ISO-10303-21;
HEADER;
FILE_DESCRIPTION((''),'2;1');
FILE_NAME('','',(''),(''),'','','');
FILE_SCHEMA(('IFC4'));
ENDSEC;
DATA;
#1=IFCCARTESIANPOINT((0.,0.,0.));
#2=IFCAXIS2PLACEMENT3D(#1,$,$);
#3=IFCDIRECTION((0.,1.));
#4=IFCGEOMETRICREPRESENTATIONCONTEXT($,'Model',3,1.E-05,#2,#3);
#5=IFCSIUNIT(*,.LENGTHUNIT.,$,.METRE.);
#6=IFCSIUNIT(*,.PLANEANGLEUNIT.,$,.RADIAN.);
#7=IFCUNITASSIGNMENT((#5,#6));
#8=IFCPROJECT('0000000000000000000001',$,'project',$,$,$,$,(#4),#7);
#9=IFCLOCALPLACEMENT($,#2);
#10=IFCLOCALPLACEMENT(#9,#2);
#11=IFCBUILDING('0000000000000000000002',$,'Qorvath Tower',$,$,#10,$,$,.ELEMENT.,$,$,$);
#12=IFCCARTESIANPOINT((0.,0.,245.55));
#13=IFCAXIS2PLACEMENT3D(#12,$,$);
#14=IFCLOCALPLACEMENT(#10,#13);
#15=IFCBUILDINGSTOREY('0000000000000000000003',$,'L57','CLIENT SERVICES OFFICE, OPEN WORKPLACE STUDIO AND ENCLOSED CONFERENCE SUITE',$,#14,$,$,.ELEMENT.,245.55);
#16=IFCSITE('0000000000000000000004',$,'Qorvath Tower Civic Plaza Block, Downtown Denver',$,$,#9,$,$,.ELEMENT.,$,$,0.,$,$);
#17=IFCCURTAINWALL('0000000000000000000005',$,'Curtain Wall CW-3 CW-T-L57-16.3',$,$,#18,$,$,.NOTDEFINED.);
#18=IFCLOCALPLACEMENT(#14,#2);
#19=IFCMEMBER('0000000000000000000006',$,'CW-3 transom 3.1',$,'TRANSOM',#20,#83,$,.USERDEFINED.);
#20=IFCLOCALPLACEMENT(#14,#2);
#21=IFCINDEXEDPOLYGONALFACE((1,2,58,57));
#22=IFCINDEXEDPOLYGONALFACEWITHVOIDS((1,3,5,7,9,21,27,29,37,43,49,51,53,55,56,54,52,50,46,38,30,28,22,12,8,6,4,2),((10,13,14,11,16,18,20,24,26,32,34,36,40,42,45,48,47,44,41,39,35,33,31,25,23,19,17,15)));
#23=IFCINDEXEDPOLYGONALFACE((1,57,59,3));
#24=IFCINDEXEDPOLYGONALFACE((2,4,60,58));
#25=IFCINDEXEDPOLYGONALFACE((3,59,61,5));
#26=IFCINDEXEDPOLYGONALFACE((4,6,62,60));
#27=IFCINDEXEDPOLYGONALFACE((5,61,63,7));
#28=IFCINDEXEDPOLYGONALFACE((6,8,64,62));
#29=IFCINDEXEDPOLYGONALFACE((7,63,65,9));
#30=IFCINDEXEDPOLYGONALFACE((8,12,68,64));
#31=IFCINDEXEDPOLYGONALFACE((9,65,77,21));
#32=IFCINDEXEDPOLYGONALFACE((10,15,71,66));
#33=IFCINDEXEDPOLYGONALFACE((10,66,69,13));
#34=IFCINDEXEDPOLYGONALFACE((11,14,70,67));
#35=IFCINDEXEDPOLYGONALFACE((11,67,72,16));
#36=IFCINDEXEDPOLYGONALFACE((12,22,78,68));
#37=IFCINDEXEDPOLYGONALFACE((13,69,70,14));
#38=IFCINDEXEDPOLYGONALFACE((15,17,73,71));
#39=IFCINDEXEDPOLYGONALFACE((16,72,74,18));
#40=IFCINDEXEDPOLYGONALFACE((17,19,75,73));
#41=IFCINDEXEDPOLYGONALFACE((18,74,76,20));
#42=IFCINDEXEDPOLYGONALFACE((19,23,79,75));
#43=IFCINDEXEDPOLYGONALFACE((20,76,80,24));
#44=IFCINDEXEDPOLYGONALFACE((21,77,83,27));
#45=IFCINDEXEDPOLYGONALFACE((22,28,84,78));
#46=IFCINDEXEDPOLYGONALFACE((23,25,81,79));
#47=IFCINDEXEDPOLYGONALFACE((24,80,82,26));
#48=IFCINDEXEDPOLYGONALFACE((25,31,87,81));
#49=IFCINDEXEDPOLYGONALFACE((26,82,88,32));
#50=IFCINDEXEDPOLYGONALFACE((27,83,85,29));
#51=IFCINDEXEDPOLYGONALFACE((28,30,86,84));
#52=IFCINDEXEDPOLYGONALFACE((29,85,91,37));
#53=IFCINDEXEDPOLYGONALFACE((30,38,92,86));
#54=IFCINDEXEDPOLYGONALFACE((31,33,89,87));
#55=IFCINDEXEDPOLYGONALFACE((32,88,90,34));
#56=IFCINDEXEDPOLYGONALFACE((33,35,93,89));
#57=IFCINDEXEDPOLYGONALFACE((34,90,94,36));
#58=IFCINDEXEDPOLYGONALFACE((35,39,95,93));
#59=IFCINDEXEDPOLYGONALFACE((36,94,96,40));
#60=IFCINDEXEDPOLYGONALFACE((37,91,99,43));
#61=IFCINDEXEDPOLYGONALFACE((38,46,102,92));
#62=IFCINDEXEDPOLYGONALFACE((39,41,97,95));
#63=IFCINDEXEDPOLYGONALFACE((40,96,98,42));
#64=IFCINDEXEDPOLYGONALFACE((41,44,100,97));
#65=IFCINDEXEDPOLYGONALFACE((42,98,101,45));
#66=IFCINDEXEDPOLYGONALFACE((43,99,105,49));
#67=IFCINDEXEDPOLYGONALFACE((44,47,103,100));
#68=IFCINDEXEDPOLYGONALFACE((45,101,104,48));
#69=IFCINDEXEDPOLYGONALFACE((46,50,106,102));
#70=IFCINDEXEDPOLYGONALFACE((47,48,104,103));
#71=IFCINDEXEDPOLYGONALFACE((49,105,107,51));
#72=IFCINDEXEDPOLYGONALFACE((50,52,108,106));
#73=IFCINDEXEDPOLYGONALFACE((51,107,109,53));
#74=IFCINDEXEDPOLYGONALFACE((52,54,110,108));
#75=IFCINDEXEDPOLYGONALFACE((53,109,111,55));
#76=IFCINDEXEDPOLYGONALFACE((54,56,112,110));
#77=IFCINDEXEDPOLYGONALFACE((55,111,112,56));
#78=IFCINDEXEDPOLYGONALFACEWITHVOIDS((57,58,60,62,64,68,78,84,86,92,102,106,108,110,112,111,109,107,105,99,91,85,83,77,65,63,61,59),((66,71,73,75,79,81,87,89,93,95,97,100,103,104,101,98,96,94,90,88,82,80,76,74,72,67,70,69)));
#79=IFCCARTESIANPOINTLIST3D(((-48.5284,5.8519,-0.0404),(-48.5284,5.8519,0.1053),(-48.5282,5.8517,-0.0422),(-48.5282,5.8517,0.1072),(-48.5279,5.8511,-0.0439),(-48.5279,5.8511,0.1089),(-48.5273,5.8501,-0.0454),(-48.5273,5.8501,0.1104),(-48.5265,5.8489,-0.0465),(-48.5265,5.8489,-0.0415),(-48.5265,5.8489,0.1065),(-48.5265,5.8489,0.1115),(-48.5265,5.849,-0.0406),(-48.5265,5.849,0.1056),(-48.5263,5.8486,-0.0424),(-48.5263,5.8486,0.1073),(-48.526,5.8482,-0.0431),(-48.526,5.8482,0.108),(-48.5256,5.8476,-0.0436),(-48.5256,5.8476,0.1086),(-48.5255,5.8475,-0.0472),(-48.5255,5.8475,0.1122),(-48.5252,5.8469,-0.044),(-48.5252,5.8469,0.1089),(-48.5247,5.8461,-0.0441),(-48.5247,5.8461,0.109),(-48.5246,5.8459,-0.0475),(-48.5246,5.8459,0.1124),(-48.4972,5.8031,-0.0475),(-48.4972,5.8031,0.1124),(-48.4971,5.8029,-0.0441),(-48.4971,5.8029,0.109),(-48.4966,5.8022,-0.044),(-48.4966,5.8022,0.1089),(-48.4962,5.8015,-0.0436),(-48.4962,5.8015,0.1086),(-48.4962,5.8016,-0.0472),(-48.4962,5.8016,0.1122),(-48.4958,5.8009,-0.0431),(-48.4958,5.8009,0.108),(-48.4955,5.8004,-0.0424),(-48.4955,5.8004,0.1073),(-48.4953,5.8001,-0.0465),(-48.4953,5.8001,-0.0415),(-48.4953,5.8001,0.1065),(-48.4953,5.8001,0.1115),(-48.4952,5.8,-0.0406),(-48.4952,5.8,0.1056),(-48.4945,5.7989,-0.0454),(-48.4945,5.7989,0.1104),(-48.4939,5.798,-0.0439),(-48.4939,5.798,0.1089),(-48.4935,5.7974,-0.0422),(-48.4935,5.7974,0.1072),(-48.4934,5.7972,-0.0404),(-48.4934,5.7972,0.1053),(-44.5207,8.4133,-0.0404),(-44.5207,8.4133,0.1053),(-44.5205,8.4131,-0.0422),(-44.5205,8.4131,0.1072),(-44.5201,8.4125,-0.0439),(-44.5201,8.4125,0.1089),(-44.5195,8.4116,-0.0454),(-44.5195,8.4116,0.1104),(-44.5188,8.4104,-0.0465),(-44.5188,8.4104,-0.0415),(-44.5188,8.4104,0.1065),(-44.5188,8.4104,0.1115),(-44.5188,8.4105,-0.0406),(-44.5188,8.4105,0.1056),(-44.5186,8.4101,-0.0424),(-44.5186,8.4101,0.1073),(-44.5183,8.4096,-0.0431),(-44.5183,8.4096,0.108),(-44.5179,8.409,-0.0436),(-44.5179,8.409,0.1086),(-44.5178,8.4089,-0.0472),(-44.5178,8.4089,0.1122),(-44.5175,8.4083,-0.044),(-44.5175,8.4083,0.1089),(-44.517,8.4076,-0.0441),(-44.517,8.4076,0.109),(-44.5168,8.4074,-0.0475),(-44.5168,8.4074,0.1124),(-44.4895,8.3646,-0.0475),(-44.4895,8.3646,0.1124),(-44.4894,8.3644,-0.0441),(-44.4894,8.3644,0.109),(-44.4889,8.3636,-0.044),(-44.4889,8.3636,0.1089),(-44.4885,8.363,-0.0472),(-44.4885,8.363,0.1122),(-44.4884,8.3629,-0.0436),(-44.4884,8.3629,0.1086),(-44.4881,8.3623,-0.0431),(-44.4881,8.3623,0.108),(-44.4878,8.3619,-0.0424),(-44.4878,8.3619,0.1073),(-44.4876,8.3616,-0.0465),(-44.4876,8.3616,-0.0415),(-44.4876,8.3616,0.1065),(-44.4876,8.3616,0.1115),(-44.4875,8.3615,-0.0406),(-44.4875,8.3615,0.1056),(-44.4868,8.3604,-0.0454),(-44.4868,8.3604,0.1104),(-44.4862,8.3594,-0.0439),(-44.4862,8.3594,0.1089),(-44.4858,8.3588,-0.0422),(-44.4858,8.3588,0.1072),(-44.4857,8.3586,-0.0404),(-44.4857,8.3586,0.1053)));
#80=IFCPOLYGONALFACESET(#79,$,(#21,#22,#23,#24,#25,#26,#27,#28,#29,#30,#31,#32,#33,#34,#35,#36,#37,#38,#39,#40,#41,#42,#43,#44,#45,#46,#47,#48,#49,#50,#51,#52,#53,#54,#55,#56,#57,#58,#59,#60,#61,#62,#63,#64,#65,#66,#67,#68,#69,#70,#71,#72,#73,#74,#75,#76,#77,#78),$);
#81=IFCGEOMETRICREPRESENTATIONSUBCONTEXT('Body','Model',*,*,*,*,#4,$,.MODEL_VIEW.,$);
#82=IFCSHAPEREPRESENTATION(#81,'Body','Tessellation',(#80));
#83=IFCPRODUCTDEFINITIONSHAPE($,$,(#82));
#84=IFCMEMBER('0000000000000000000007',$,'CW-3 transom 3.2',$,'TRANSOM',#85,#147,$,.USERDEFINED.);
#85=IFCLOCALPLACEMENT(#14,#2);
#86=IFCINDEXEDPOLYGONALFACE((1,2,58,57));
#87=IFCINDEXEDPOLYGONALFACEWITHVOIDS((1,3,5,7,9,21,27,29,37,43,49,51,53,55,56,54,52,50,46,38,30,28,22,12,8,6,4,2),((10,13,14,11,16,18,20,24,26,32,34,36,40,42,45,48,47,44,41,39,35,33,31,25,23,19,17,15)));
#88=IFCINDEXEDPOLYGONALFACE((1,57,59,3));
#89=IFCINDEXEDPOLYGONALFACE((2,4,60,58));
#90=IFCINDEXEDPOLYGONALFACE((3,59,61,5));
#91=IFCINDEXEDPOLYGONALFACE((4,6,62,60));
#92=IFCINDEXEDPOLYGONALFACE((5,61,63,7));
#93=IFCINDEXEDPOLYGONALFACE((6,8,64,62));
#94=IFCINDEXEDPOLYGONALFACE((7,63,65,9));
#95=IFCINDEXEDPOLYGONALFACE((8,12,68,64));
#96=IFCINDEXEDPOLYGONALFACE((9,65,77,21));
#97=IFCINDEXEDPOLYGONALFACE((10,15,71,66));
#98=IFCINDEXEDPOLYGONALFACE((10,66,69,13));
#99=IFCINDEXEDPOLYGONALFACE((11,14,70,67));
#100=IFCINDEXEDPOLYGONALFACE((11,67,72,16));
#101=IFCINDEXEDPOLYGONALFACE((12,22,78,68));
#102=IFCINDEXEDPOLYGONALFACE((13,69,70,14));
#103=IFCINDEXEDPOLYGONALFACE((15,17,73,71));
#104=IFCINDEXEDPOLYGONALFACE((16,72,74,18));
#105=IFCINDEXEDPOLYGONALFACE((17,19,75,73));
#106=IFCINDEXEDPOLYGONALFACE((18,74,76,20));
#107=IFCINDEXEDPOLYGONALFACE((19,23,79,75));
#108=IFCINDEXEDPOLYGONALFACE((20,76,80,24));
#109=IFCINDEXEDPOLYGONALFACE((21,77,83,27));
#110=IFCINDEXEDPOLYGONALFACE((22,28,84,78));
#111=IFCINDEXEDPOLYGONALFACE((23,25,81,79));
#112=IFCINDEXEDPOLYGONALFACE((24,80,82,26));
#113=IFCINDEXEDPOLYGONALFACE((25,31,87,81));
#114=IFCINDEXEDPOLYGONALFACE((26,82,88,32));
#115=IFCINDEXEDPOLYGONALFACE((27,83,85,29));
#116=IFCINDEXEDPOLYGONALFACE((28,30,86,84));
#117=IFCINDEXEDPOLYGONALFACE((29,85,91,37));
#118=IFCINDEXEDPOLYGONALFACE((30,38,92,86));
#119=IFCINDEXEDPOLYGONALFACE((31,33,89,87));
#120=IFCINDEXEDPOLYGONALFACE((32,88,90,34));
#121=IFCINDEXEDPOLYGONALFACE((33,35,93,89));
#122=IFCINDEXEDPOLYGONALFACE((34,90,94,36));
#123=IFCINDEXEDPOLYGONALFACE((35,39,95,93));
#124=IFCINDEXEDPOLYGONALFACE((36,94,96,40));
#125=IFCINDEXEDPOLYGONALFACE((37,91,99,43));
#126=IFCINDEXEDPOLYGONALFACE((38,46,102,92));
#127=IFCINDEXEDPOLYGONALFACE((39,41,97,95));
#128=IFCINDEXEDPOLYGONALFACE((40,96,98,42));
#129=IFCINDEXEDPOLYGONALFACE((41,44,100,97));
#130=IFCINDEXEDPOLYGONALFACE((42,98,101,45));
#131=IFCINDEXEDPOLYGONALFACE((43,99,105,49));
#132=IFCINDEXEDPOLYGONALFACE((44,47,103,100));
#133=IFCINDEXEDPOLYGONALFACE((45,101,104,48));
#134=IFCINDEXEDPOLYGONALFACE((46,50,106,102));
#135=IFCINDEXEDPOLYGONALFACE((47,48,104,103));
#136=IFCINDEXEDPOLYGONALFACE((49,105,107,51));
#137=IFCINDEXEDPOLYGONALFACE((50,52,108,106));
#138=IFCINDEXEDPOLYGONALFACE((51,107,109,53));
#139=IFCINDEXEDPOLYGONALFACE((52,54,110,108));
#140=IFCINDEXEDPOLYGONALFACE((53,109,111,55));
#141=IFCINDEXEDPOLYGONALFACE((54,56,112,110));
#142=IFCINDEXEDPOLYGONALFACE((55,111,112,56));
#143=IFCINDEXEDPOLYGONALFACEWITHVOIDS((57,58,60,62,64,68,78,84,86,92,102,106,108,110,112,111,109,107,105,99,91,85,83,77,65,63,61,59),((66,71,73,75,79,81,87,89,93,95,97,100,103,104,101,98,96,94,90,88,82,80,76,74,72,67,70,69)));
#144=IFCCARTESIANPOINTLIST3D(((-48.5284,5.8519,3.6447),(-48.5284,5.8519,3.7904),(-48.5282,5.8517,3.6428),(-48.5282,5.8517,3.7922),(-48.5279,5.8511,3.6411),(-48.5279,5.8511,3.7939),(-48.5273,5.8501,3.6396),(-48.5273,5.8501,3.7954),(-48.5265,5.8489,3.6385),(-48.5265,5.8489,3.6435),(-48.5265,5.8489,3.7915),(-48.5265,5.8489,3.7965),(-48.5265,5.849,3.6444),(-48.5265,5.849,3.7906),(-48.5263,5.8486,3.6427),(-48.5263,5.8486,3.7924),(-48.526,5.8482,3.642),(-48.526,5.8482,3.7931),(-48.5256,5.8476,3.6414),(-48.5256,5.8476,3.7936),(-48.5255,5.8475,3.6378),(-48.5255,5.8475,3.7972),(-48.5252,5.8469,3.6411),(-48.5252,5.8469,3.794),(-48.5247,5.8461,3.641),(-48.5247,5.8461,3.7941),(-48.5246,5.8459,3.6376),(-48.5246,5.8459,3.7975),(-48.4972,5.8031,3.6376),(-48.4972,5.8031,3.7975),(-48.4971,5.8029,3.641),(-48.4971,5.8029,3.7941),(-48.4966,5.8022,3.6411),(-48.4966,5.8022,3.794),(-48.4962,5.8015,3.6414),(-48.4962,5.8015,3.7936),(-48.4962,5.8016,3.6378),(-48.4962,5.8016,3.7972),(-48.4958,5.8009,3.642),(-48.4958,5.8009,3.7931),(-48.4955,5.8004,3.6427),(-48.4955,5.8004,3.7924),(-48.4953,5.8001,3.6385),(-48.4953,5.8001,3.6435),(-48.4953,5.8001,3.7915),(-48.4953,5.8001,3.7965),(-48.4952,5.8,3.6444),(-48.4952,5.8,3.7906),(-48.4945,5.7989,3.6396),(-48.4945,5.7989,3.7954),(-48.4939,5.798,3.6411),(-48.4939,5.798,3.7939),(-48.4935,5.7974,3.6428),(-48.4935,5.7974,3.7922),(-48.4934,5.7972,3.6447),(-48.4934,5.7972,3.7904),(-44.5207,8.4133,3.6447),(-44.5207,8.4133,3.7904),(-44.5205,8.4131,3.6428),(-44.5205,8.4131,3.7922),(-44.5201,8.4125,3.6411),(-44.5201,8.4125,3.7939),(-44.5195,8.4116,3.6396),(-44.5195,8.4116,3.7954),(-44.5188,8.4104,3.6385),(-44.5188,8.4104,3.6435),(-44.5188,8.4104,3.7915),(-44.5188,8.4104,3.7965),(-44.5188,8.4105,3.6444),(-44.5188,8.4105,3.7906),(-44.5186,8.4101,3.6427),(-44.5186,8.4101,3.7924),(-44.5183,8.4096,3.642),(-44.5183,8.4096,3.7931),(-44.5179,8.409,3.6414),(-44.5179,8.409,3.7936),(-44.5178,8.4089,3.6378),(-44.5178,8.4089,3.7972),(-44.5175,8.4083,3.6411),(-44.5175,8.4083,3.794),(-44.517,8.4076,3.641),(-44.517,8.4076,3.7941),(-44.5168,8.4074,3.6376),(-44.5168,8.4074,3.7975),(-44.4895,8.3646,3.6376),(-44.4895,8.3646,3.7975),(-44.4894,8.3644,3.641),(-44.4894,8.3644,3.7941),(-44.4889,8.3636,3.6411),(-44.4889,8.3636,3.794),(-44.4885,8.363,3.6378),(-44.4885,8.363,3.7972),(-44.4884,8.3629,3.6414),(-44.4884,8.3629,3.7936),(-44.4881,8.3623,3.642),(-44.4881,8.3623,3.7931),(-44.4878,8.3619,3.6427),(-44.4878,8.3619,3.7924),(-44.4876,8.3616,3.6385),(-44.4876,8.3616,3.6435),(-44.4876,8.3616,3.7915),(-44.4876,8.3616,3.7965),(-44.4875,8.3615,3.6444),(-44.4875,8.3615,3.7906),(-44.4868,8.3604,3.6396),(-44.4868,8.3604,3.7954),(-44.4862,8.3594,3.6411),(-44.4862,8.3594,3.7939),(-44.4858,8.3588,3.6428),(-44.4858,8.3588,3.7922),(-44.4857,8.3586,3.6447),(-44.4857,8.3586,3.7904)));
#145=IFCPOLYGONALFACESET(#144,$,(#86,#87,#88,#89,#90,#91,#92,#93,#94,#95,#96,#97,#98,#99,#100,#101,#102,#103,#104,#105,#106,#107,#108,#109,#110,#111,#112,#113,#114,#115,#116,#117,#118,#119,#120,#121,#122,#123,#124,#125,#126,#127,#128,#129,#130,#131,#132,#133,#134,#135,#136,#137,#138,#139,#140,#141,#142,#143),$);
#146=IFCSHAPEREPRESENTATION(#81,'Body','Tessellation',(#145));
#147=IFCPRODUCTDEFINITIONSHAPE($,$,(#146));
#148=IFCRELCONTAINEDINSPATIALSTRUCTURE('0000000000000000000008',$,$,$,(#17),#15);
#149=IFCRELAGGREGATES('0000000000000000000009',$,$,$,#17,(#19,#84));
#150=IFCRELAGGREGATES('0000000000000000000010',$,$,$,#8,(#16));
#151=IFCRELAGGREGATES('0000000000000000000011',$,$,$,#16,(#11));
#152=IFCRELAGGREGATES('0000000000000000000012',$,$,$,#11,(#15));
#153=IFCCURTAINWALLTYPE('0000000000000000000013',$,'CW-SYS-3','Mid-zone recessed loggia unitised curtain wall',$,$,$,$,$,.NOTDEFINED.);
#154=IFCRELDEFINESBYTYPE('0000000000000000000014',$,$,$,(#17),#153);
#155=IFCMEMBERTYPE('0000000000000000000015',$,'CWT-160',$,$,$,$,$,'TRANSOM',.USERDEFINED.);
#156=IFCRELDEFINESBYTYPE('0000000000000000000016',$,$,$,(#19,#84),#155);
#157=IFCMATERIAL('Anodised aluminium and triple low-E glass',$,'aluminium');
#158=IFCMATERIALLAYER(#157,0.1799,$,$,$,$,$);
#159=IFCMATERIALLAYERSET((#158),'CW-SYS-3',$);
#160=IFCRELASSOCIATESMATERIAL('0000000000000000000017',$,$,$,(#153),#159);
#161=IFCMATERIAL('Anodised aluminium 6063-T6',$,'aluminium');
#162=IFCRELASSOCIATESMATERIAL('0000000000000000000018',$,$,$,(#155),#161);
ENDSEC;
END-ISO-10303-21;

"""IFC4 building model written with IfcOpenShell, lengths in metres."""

from ifc_helpers import new_model, si_unit, direction, frame, origin, origin_2d, place, context, subcontext, project, spatial, hollow_rectangle, extrude, material, layer, layer_set, material_profile, profile_set, type_object, element, aggregate, save


model = new_model("IFC4")

# Units and contexts
model_context = context("Model", 3, precision=1e-05, world=origin(), true_north=direction((0.0, 1.0)))
body_context = subcontext(model_context, "Body", "Model", "MODEL_VIEW")
ifc_project = project(units=[si_unit("LENGTHUNIT", "METRE"), si_unit("PLANEANGLEUNIT", "RADIAN")], contexts=[model_context])

# Site, building, storey
site_placement = place(None, origin())
site = spatial("IfcSite", under=ifc_project, at=site_placement, Name="Qorvath Tower Civic Plaza Block, Downtown Denver", CompositionType="ELEMENT", RefElevation=0.0)
building_placement = place(site_placement, origin())
building = spatial("IfcBuilding", under=site, at=building_placement, Name="Qorvath Tower", CompositionType="ELEMENT")
storey_placement = place(building_placement, frame((0.0, 0.0, 245.55)))
storey = spatial("IfcBuildingStorey", under=building, at=storey_placement, Name="L57", Description="CLIENT SERVICES OFFICE, OPEN WORKPLACE STUDIO AND ENCLOSED CONFERENCE SUITE", CompositionType="ELEMENT", Elevation=245.55)

# Curtain wall, members
ifc_material_1 = material(Name="Anodised aluminium and triple low-E glass", Category="aluminium")
ifc_layer_1 = layer(ifc_material_1, 0.1799)
ifc_layer_set_1 = layer_set([ifc_layer_1], Name="CW-SYS-3")
curtain_wall_type = type_object("IfcCurtainWallType", Name="CW-SYS-3", Description="Mid-zone recessed loggia unitised curtain wall", PredefinedType="NOTDEFINED", material=ifc_layer_set_1)
curtain_wall_placement = place(storey_placement, origin())
curtain_wall = element("IfcCurtainWall", 1, at=curtain_wall_placement, inside=storey, type_object=curtain_wall_type, Name="Curtain Wall CW-3 CW-T-L57-16.3", PredefinedType="NOTDEFINED")
ifc_material_2 = material(Name="Anodised aluminium 6063-T6", Category="aluminium")
ifc_material_profile_1 = material_profile(ifc_material_2, hollow_rectangle(XDim=0.0649, YDim=0.1599, WallThickness=0.0034, InnerFilletRadius=0.0034, OuterFilletRadius=0.0071, at=origin_2d()), Name="CWT 160x65")
ifc_profile_set_1 = profile_set([ifc_material_profile_1], Name="Anodised aluminium 6063-T6")
member_type_1 = type_object("IfcMemberType", Name="CWT-160", ElementType="TRANSOM", PredefinedType="USERDEFINED", material=ifc_profile_set_1)
member_1_placement = place(storey_placement, frame((-44.5032, 8.386, 0.0325), z_axis=(-0.842603, -0.538535, 0.0), x_axis=(0.538535, -0.842603, 0.0)))
member_1 = element("IfcMember", 2, at=member_1_placement, type_object=member_type_1, Name="CW-3 transom 3.1", ObjectType="TRANSOM", PredefinedType="USERDEFINED", context=body_context, shape_type="SweptSolid", body=[
    extrude(hollow_rectangle(XDim=0.0649, YDim=0.1599, WallThickness=0.0034, InnerFilletRadius=0.0034, OuterFilletRadius=0.0071, at=origin_2d()), origin(), (0.0, 0.0, 1.0), 4.7563),
])
member_2_placement = place(storey_placement, frame((-44.5032, 8.386, 3.7175), z_axis=(-0.842603, -0.538535, 0.0), x_axis=(0.538535, -0.842603, 0.0)))
member_2 = element("IfcMember", 3, at=member_2_placement, type_object=member_type_1, Name="CW-3 transom 3.2", ObjectType="TRANSOM", PredefinedType="USERDEFINED", context=body_context, shape_type="SweptSolid", body=[
    extrude(hollow_rectangle(XDim=0.0649, YDim=0.1599, WallThickness=0.0034, InnerFilletRadius=0.0034, OuterFilletRadius=0.0071, at=origin_2d()), origin(), (0.0, 0.0, 1.0), 4.7563),
])
aggregate(curtain_wall, [member_1, member_2])

save(model, "model.ifc")
